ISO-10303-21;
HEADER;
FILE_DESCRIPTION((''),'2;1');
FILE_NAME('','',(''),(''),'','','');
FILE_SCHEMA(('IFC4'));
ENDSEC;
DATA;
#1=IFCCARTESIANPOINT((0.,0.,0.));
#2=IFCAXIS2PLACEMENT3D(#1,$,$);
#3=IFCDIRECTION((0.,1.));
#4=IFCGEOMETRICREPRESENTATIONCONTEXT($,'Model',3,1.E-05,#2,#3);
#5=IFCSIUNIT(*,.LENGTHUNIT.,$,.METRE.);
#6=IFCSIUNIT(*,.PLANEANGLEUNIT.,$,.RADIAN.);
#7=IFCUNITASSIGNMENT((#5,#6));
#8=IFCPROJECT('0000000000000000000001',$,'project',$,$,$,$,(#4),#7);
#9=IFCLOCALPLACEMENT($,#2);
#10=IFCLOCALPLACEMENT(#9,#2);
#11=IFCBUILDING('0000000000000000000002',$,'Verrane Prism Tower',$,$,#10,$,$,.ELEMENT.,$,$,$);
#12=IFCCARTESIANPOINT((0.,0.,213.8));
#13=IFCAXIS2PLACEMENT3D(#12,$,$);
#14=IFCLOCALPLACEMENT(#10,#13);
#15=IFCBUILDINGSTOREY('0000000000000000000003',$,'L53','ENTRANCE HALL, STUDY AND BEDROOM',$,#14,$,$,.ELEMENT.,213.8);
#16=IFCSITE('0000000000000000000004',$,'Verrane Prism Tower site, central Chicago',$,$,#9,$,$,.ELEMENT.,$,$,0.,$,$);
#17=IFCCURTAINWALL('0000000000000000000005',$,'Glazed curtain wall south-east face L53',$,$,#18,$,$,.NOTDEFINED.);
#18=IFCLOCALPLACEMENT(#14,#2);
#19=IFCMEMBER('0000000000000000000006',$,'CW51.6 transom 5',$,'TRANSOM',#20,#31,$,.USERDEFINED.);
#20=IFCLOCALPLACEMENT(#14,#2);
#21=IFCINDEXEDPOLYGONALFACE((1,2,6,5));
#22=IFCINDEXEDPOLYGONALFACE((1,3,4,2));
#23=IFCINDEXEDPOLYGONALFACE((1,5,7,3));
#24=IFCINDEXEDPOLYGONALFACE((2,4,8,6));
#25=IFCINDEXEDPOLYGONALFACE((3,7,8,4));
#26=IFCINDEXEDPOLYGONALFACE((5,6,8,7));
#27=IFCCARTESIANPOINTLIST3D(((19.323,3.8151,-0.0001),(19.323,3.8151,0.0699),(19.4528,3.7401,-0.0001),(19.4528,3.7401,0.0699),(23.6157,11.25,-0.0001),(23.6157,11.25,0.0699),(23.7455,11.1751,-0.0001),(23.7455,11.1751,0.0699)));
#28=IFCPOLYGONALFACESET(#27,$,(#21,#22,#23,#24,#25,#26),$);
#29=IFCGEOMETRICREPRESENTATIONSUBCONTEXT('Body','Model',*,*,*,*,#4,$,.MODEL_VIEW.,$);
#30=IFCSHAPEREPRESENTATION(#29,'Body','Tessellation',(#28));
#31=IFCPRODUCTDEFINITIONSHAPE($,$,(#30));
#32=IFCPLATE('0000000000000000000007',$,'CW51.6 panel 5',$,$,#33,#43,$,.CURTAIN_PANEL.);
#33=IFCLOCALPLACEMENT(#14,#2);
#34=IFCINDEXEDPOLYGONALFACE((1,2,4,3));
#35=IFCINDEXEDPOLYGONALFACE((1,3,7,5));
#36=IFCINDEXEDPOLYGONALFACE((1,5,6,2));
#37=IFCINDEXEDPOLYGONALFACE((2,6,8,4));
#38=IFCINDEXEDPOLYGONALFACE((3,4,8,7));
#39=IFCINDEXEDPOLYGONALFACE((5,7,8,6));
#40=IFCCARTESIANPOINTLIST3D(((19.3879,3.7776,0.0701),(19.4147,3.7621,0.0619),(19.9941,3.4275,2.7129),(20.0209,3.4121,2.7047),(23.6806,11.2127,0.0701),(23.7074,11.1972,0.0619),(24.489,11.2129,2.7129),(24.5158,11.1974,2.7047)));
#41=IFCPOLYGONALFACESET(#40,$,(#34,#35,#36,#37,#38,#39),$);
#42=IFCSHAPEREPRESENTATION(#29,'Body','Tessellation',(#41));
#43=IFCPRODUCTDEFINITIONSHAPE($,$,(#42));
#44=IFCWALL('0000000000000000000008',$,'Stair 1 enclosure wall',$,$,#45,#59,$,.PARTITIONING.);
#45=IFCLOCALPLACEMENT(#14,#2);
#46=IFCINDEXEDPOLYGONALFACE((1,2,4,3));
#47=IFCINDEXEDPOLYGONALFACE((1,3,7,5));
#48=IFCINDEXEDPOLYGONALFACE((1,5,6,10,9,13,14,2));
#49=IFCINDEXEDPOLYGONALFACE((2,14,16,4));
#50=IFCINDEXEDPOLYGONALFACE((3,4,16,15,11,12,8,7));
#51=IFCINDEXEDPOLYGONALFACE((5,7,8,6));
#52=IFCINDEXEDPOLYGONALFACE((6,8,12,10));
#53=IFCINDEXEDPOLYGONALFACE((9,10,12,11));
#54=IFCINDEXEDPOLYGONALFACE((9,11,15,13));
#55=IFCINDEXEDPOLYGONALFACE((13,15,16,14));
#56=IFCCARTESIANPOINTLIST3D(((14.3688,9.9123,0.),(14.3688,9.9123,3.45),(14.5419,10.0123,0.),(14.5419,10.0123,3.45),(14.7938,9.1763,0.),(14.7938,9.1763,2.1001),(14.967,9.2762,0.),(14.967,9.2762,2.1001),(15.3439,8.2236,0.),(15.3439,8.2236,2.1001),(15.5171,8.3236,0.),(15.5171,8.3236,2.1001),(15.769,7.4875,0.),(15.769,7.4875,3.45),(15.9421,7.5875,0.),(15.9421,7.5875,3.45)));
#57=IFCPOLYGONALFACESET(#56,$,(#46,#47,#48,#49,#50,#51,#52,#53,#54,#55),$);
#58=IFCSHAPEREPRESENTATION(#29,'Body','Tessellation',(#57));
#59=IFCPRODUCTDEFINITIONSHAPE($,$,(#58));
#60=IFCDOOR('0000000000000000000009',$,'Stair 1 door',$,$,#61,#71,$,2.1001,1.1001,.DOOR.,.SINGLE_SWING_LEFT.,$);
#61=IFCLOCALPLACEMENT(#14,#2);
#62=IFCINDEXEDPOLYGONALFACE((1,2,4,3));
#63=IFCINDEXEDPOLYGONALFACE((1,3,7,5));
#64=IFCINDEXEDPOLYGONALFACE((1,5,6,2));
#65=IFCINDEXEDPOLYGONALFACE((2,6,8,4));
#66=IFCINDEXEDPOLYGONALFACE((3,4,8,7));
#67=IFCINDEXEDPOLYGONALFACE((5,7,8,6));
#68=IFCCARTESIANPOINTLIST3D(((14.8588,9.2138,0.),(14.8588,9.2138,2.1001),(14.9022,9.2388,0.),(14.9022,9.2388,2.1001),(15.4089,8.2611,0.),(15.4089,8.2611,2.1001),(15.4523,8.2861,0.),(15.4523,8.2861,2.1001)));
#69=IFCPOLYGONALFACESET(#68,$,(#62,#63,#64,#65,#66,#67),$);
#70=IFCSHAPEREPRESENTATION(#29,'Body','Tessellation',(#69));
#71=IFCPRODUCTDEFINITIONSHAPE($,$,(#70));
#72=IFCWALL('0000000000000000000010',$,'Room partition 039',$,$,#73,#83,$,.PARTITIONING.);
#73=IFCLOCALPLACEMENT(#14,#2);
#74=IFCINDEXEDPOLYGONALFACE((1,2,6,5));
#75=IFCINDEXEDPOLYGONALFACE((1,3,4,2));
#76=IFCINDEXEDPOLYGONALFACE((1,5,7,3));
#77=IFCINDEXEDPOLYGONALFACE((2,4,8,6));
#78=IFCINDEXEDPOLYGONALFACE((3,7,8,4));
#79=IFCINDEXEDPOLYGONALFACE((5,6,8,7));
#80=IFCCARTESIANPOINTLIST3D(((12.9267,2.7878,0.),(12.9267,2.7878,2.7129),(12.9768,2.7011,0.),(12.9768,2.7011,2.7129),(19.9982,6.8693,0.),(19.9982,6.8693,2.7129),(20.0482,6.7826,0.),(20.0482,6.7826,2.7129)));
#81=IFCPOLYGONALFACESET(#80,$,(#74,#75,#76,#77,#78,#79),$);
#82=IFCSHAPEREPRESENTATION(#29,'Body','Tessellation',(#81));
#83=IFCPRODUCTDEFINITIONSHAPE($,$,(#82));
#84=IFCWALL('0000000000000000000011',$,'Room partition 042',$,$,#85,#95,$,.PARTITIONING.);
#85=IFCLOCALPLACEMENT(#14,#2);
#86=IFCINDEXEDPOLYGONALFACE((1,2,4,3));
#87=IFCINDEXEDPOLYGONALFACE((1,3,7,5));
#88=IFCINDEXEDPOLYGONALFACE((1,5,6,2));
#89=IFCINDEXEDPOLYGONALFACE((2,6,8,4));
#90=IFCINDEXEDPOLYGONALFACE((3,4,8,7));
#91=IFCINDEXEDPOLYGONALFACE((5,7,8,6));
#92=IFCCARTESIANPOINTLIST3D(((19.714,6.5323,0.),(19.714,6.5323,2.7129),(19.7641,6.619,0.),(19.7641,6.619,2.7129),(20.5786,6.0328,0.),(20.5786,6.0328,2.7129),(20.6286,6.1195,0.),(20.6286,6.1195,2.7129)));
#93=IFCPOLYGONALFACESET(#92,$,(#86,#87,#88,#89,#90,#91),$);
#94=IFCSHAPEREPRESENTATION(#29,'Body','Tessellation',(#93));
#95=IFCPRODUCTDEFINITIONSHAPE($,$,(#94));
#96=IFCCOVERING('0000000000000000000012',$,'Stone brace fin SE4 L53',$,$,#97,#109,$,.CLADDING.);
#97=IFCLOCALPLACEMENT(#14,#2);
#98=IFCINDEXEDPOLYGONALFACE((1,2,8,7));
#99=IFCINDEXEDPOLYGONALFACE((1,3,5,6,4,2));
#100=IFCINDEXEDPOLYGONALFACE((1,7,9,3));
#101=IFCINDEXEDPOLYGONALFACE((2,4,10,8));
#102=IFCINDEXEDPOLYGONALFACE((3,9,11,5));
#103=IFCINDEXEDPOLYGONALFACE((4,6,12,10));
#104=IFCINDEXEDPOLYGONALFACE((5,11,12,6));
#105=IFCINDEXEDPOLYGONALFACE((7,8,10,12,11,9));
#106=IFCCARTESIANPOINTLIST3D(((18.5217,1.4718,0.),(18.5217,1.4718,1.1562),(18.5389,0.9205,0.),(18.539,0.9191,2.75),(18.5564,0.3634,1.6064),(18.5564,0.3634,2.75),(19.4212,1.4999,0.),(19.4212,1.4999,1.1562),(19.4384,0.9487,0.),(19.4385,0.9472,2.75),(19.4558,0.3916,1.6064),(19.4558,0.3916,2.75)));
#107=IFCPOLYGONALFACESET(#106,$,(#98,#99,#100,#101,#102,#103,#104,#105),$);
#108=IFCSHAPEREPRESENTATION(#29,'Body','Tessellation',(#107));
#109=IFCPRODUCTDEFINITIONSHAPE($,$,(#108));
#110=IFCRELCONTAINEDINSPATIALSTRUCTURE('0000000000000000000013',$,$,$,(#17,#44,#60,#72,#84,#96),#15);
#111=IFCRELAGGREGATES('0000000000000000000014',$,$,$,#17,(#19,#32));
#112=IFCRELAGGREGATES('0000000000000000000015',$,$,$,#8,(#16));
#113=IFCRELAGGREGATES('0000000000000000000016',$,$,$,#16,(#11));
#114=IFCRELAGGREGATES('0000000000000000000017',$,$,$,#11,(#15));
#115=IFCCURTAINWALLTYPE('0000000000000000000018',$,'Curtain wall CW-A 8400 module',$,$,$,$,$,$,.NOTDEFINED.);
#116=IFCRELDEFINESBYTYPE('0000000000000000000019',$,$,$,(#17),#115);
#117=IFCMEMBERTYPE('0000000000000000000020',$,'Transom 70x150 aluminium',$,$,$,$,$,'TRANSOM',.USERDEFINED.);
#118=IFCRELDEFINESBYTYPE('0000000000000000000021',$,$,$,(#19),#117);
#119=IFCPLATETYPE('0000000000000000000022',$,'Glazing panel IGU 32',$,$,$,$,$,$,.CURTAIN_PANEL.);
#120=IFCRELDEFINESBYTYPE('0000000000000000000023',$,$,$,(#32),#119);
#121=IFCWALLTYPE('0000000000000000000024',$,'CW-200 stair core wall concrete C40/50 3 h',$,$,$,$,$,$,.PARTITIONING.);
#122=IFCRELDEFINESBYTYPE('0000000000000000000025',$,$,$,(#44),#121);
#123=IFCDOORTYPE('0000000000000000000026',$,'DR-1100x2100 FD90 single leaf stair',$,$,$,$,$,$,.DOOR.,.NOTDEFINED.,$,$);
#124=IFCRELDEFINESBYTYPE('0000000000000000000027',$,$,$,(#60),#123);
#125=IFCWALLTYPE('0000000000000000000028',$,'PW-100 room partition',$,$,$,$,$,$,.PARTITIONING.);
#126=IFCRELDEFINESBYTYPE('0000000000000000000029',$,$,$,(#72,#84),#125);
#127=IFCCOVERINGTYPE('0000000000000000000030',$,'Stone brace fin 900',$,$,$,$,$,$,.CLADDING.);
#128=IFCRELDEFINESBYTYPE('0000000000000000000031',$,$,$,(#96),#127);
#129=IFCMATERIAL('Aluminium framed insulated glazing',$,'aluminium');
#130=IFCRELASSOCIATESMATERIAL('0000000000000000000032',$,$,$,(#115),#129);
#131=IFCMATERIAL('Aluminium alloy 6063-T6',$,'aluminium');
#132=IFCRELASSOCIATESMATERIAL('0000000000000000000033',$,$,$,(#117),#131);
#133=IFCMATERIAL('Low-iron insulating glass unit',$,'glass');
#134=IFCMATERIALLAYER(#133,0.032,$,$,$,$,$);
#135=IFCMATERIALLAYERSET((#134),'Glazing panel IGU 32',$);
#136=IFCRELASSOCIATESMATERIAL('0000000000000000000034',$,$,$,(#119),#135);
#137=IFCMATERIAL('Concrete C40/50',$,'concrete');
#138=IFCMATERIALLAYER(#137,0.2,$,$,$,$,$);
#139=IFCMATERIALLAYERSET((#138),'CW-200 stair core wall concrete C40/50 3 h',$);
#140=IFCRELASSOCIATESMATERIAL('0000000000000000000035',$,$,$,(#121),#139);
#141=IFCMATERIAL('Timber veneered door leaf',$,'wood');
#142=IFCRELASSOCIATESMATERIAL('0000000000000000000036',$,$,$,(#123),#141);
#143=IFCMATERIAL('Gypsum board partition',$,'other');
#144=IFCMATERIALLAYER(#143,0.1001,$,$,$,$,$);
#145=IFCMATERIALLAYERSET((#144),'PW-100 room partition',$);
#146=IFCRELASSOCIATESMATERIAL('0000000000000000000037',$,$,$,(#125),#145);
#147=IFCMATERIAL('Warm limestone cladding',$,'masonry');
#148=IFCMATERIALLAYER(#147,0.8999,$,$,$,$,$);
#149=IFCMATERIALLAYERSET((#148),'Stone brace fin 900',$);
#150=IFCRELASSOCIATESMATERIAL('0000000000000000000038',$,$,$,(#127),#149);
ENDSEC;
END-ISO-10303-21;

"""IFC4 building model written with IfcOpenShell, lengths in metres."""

from ifc_helpers import new_model, si_unit, direction, frame, frame_2d, origin, origin_2d, place, context, subcontext, project, spatial, polyline, rectangle, outline, extrude, material, layer, layer_set, material_profile, profile_set, type_object, element, fill, aggregate, save


model = new_model("IFC4")

# Units and contexts
model_context = context("Model", 3, precision=1e-05, world=origin(), true_north=direction((0.0, 1.0)))
body_context = subcontext(model_context, "Body", "Model", "MODEL_VIEW")
ifc_project = project(units=[si_unit("LENGTHUNIT", "METRE"), si_unit("PLANEANGLEUNIT", "RADIAN")], contexts=[model_context])

# Site, building, storey
site_placement = place(None, origin())
site = spatial("IfcSite", under=ifc_project, at=site_placement, Name="Verrane Prism Tower site, central Chicago", CompositionType="ELEMENT", RefElevation=0.0)
building_placement = place(site_placement, origin())
building = spatial("IfcBuilding", under=site, at=building_placement, Name="Verrane Prism Tower", CompositionType="ELEMENT")
storey_placement = place(building_placement, frame((0.0, 0.0, 213.8)))
storey = spatial("IfcBuildingStorey", under=building, at=storey_placement, Name="L53", Description="ENTRANCE HALL, STUDY AND BEDROOM", CompositionType="ELEMENT", Elevation=213.8)

# Curtain wall
ifc_material_1 = material(Name="Aluminium framed insulated glazing", Category="aluminium")
curtain_wall_type = type_object("IfcCurtainWallType", Name="Curtain wall CW-A 8400 module", PredefinedType="NOTDEFINED", material=ifc_material_1)
curtain_wall_1_placement = place(storey_placement, origin())
curtain_wall_1 = element("IfcCurtainWall", 1, at=curtain_wall_1_placement, inside=storey, type_object=curtain_wall_type, Name="Glazed curtain wall south-east face L53", PredefinedType="NOTDEFINED")

# Member
ifc_material_2 = material(Name="Aluminium alloy 6063-T6", Category="aluminium")
ifc_material_profile_1 = material_profile(ifc_material_2, rectangle(XDim=0.1499, YDim=0.0701, at=origin_2d()), Name="Transom 70x150 aluminium")
ifc_profile_set_1 = profile_set([ifc_material_profile_1], Name="Aluminium alloy 6063-T6")
member_type_1 = type_object("IfcMemberType", Name="Transom 70x150 aluminium", ElementType="TRANSOM", PredefinedType="USERDEFINED", material=ifc_profile_set_1)
member_1_placement = place(storey_placement, frame((19.3879, 3.7776, 0.0349), z_axis=(0.500008, 0.866021, 0.0), x_axis=(-0.866021, 0.500008, 0.0)))
member_1 = element("IfcMember", 2, at=member_1_placement, type_object=member_type_1, Name="CW51.6 transom 5", ObjectType="TRANSOM", PredefinedType="USERDEFINED", context=body_context, shape_type="SweptSolid", body=[
    extrude(rectangle(XDim=0.1499, YDim=0.0701, at=origin_2d()), origin(), (0.0, 0.0, 1.0), 8.5852),
])

# Plate
ifc_material_3 = material(Name="Low-iron insulating glass unit", Category="glass")
ifc_layer_1 = layer(ifc_material_3, 0.032)
ifc_layer_set_1 = layer_set([ifc_layer_1], Name="Glazing panel IGU 32")
plate_type = type_object("IfcPlateType", Name="Glazing panel IGU 32", PredefinedType="CURTAIN_PANEL", material=ifc_layer_set_1)
plate_placement = place(storey_placement, frame((19.3879, 3.7776, 0.0701), z_axis=(-0.837158, 0.483337, 0.256033), x_axis=(0.500003, 0.866024, 0.000002)))
plate = element("IfcPlate", 3, at=plate_placement, type_object=plate_type, Name="CW51.6 panel 5", PredefinedType="CURTAIN_PANEL", context=body_context, shape_type="SweptSolid", body=[
    extrude(outline(polyline([(0.0, 0.0), (8.5853, 0.0), (8.9897, -2.7339), (-0.0001, -2.734), (0.0, 0.0)])), origin(), (0.0, 0.0, -1.0), 0.032),
])
aggregate(curtain_wall_1, [member_1, plate])

# Wall, opening, door
ifc_material_4 = material(Name="Concrete C40/50", Category="concrete")
ifc_layer_2 = layer(ifc_material_4, 0.2)
ifc_layer_set_2 = layer_set([ifc_layer_2], Name="CW-200 stair core wall concrete C40/50 3 h")
wall_type_1 = type_object("IfcWallType", Name="CW-200 stair core wall concrete C40/50 3 h", PredefinedType="PARTITIONING", material=ifc_layer_set_2)
wall_1_placement = place(storey_placement, frame((15.8555, 7.5376, 0.0), z_axis=(0.0, 0.0, 1.0), x_axis=(-0.50005, 0.865997, 0.0)))
wall_1 = element("IfcWall", 4, at=wall_1_placement, inside=storey, type_object=wall_type_1, Name="Stair 1 enclosure wall", PredefinedType="PARTITIONING", context=body_context, shape_type="SweptSolid", body=[
    extrude(rectangle(XDim=2.8, YDim=0.2, at=frame_2d((1.3999, 0.0))), origin(), (0.0, 0.0, 1.0), 3.45),
])
opening_placement = place(wall_1_placement, frame((0.8499, 0.0, 0.0)))
opening = element("IfcOpeningElement", 5, at=opening_placement, cuts=wall_1, PredefinedType="OPENING", context=body_context, shape_type="SweptSolid", body=[
    extrude(rectangle(XDim=1.1001, YDim=2.1001, at=frame_2d((0.55, 1.05))), frame((0.0, 0.1099, 0.0), z_axis=(0.0, -1.0, 0.0), x_axis=(1.0, 0.0, 0.0)), (0.0, 0.0, 1.0), 0.22),
])
ifc_material_5 = material(Name="Timber veneered door leaf", Category="wood")
door_type = type_object("IfcDoorType", Name="DR-1100x2100 FD90 single leaf stair", OperationType="NOTDEFINED", PredefinedType="DOOR", material=ifc_material_5)
door_placement = place(opening_placement, origin())
door = element("IfcDoor", 6, at=door_placement, inside=storey, type_object=door_type, Name="Stair 1 door", OperationType="SINGLE_SWING_LEFT", OverallHeight=2.1001, OverallWidth=1.1001, PredefinedType="DOOR", context=body_context, shape_type="SweptSolid", body=[
    extrude(rectangle(XDim=1.1001, YDim=2.1001, at=frame_2d((0.55, 1.05))), frame((0.0, 0.0249, 0.0), z_axis=(0.0, -1.0, 0.0), x_axis=(1.0, 0.0, 0.0)), (0.0, 0.0, 1.0), 0.05),
])
fill(opening, door)

# Walls
ifc_material_6 = material(Name="Gypsum board partition", Category="other")
ifc_layer_3 = layer(ifc_material_6, 0.1001)
ifc_layer_set_3 = layer_set([ifc_layer_3], Name="PW-100 room partition")
wall_type_2 = type_object("IfcWallType", Name="PW-100 room partition", PredefinedType="PARTITIONING", material=ifc_layer_set_3)
wall_2_placement = place(storey_placement, frame((12.9517, 2.7444, 0.0), z_axis=(0.0, 0.0, 1.0), x_axis=(0.866089, 0.499889, 0.0)))
element("IfcWall", 7, at=wall_2_placement, inside=storey, type_object=wall_type_2, Name="Room partition 039", PredefinedType="PARTITIONING", context=body_context, shape_type="SweptSolid", body=[
    extrude(rectangle(XDim=8.1648, YDim=0.1001, at=frame_2d((4.0825, 0.0))), origin(), (0.0, 0.0, 1.0), 2.7129),
])
wall_3_placement = place(storey_placement, frame((19.739, 6.5757, 0.0), z_axis=(0.0, 0.0, 1.0), x_axis=(0.865856, -0.500294, 0.0)))
element("IfcWall", 8, at=wall_3_placement, inside=storey, type_object=wall_type_2, Name="Room partition 042", PredefinedType="PARTITIONING", context=body_context, shape_type="SweptSolid", body=[
    extrude(rectangle(XDim=0.9985, YDim=0.1001, at=frame_2d((0.4993, 0.0))), origin(), (0.0, 0.0, 1.0), 2.7129),
])

# Covering
ifc_material_7 = material(Name="Warm limestone cladding", Category="masonry")
ifc_layer_4 = layer(ifc_material_7, 0.8999)
ifc_layer_set_4 = layer_set([ifc_layer_4], Name="Stone brace fin 900")
covering_type = type_object("IfcCoveringType", Name="Stone brace fin 900", PredefinedType="CLADDING", material=ifc_layer_set_4)
covering_placement = place(storey_placement, frame((18.9714, 1.4858, 0.0), z_axis=(0.0, 0.0, 1.0), x_axis=(0.031269, -0.999511, 0.0)))
element("IfcCovering", 9, at=covering_placement, inside=storey, type_object=covering_type, Name="Stone brace fin SE4 L53", PredefinedType="CLADDING", context=body_context, shape_type="SweptSolid", body=[
    extrude(outline(polyline([(1.1089, 2.75), (0.553, 2.75), (0.0, 1.1562), (0.0, 0.0), (0.5515, 0.0), (1.1089, 1.6064), (1.1089, 2.75)])), frame((0.0, 0.45, 0.0), z_axis=(0.0, -1.0, 0.0), x_axis=(1.0, 0.0, 0.0)), (0.0, 0.0, 1.0), 0.8999),
])

save(model, "model.ifc")
